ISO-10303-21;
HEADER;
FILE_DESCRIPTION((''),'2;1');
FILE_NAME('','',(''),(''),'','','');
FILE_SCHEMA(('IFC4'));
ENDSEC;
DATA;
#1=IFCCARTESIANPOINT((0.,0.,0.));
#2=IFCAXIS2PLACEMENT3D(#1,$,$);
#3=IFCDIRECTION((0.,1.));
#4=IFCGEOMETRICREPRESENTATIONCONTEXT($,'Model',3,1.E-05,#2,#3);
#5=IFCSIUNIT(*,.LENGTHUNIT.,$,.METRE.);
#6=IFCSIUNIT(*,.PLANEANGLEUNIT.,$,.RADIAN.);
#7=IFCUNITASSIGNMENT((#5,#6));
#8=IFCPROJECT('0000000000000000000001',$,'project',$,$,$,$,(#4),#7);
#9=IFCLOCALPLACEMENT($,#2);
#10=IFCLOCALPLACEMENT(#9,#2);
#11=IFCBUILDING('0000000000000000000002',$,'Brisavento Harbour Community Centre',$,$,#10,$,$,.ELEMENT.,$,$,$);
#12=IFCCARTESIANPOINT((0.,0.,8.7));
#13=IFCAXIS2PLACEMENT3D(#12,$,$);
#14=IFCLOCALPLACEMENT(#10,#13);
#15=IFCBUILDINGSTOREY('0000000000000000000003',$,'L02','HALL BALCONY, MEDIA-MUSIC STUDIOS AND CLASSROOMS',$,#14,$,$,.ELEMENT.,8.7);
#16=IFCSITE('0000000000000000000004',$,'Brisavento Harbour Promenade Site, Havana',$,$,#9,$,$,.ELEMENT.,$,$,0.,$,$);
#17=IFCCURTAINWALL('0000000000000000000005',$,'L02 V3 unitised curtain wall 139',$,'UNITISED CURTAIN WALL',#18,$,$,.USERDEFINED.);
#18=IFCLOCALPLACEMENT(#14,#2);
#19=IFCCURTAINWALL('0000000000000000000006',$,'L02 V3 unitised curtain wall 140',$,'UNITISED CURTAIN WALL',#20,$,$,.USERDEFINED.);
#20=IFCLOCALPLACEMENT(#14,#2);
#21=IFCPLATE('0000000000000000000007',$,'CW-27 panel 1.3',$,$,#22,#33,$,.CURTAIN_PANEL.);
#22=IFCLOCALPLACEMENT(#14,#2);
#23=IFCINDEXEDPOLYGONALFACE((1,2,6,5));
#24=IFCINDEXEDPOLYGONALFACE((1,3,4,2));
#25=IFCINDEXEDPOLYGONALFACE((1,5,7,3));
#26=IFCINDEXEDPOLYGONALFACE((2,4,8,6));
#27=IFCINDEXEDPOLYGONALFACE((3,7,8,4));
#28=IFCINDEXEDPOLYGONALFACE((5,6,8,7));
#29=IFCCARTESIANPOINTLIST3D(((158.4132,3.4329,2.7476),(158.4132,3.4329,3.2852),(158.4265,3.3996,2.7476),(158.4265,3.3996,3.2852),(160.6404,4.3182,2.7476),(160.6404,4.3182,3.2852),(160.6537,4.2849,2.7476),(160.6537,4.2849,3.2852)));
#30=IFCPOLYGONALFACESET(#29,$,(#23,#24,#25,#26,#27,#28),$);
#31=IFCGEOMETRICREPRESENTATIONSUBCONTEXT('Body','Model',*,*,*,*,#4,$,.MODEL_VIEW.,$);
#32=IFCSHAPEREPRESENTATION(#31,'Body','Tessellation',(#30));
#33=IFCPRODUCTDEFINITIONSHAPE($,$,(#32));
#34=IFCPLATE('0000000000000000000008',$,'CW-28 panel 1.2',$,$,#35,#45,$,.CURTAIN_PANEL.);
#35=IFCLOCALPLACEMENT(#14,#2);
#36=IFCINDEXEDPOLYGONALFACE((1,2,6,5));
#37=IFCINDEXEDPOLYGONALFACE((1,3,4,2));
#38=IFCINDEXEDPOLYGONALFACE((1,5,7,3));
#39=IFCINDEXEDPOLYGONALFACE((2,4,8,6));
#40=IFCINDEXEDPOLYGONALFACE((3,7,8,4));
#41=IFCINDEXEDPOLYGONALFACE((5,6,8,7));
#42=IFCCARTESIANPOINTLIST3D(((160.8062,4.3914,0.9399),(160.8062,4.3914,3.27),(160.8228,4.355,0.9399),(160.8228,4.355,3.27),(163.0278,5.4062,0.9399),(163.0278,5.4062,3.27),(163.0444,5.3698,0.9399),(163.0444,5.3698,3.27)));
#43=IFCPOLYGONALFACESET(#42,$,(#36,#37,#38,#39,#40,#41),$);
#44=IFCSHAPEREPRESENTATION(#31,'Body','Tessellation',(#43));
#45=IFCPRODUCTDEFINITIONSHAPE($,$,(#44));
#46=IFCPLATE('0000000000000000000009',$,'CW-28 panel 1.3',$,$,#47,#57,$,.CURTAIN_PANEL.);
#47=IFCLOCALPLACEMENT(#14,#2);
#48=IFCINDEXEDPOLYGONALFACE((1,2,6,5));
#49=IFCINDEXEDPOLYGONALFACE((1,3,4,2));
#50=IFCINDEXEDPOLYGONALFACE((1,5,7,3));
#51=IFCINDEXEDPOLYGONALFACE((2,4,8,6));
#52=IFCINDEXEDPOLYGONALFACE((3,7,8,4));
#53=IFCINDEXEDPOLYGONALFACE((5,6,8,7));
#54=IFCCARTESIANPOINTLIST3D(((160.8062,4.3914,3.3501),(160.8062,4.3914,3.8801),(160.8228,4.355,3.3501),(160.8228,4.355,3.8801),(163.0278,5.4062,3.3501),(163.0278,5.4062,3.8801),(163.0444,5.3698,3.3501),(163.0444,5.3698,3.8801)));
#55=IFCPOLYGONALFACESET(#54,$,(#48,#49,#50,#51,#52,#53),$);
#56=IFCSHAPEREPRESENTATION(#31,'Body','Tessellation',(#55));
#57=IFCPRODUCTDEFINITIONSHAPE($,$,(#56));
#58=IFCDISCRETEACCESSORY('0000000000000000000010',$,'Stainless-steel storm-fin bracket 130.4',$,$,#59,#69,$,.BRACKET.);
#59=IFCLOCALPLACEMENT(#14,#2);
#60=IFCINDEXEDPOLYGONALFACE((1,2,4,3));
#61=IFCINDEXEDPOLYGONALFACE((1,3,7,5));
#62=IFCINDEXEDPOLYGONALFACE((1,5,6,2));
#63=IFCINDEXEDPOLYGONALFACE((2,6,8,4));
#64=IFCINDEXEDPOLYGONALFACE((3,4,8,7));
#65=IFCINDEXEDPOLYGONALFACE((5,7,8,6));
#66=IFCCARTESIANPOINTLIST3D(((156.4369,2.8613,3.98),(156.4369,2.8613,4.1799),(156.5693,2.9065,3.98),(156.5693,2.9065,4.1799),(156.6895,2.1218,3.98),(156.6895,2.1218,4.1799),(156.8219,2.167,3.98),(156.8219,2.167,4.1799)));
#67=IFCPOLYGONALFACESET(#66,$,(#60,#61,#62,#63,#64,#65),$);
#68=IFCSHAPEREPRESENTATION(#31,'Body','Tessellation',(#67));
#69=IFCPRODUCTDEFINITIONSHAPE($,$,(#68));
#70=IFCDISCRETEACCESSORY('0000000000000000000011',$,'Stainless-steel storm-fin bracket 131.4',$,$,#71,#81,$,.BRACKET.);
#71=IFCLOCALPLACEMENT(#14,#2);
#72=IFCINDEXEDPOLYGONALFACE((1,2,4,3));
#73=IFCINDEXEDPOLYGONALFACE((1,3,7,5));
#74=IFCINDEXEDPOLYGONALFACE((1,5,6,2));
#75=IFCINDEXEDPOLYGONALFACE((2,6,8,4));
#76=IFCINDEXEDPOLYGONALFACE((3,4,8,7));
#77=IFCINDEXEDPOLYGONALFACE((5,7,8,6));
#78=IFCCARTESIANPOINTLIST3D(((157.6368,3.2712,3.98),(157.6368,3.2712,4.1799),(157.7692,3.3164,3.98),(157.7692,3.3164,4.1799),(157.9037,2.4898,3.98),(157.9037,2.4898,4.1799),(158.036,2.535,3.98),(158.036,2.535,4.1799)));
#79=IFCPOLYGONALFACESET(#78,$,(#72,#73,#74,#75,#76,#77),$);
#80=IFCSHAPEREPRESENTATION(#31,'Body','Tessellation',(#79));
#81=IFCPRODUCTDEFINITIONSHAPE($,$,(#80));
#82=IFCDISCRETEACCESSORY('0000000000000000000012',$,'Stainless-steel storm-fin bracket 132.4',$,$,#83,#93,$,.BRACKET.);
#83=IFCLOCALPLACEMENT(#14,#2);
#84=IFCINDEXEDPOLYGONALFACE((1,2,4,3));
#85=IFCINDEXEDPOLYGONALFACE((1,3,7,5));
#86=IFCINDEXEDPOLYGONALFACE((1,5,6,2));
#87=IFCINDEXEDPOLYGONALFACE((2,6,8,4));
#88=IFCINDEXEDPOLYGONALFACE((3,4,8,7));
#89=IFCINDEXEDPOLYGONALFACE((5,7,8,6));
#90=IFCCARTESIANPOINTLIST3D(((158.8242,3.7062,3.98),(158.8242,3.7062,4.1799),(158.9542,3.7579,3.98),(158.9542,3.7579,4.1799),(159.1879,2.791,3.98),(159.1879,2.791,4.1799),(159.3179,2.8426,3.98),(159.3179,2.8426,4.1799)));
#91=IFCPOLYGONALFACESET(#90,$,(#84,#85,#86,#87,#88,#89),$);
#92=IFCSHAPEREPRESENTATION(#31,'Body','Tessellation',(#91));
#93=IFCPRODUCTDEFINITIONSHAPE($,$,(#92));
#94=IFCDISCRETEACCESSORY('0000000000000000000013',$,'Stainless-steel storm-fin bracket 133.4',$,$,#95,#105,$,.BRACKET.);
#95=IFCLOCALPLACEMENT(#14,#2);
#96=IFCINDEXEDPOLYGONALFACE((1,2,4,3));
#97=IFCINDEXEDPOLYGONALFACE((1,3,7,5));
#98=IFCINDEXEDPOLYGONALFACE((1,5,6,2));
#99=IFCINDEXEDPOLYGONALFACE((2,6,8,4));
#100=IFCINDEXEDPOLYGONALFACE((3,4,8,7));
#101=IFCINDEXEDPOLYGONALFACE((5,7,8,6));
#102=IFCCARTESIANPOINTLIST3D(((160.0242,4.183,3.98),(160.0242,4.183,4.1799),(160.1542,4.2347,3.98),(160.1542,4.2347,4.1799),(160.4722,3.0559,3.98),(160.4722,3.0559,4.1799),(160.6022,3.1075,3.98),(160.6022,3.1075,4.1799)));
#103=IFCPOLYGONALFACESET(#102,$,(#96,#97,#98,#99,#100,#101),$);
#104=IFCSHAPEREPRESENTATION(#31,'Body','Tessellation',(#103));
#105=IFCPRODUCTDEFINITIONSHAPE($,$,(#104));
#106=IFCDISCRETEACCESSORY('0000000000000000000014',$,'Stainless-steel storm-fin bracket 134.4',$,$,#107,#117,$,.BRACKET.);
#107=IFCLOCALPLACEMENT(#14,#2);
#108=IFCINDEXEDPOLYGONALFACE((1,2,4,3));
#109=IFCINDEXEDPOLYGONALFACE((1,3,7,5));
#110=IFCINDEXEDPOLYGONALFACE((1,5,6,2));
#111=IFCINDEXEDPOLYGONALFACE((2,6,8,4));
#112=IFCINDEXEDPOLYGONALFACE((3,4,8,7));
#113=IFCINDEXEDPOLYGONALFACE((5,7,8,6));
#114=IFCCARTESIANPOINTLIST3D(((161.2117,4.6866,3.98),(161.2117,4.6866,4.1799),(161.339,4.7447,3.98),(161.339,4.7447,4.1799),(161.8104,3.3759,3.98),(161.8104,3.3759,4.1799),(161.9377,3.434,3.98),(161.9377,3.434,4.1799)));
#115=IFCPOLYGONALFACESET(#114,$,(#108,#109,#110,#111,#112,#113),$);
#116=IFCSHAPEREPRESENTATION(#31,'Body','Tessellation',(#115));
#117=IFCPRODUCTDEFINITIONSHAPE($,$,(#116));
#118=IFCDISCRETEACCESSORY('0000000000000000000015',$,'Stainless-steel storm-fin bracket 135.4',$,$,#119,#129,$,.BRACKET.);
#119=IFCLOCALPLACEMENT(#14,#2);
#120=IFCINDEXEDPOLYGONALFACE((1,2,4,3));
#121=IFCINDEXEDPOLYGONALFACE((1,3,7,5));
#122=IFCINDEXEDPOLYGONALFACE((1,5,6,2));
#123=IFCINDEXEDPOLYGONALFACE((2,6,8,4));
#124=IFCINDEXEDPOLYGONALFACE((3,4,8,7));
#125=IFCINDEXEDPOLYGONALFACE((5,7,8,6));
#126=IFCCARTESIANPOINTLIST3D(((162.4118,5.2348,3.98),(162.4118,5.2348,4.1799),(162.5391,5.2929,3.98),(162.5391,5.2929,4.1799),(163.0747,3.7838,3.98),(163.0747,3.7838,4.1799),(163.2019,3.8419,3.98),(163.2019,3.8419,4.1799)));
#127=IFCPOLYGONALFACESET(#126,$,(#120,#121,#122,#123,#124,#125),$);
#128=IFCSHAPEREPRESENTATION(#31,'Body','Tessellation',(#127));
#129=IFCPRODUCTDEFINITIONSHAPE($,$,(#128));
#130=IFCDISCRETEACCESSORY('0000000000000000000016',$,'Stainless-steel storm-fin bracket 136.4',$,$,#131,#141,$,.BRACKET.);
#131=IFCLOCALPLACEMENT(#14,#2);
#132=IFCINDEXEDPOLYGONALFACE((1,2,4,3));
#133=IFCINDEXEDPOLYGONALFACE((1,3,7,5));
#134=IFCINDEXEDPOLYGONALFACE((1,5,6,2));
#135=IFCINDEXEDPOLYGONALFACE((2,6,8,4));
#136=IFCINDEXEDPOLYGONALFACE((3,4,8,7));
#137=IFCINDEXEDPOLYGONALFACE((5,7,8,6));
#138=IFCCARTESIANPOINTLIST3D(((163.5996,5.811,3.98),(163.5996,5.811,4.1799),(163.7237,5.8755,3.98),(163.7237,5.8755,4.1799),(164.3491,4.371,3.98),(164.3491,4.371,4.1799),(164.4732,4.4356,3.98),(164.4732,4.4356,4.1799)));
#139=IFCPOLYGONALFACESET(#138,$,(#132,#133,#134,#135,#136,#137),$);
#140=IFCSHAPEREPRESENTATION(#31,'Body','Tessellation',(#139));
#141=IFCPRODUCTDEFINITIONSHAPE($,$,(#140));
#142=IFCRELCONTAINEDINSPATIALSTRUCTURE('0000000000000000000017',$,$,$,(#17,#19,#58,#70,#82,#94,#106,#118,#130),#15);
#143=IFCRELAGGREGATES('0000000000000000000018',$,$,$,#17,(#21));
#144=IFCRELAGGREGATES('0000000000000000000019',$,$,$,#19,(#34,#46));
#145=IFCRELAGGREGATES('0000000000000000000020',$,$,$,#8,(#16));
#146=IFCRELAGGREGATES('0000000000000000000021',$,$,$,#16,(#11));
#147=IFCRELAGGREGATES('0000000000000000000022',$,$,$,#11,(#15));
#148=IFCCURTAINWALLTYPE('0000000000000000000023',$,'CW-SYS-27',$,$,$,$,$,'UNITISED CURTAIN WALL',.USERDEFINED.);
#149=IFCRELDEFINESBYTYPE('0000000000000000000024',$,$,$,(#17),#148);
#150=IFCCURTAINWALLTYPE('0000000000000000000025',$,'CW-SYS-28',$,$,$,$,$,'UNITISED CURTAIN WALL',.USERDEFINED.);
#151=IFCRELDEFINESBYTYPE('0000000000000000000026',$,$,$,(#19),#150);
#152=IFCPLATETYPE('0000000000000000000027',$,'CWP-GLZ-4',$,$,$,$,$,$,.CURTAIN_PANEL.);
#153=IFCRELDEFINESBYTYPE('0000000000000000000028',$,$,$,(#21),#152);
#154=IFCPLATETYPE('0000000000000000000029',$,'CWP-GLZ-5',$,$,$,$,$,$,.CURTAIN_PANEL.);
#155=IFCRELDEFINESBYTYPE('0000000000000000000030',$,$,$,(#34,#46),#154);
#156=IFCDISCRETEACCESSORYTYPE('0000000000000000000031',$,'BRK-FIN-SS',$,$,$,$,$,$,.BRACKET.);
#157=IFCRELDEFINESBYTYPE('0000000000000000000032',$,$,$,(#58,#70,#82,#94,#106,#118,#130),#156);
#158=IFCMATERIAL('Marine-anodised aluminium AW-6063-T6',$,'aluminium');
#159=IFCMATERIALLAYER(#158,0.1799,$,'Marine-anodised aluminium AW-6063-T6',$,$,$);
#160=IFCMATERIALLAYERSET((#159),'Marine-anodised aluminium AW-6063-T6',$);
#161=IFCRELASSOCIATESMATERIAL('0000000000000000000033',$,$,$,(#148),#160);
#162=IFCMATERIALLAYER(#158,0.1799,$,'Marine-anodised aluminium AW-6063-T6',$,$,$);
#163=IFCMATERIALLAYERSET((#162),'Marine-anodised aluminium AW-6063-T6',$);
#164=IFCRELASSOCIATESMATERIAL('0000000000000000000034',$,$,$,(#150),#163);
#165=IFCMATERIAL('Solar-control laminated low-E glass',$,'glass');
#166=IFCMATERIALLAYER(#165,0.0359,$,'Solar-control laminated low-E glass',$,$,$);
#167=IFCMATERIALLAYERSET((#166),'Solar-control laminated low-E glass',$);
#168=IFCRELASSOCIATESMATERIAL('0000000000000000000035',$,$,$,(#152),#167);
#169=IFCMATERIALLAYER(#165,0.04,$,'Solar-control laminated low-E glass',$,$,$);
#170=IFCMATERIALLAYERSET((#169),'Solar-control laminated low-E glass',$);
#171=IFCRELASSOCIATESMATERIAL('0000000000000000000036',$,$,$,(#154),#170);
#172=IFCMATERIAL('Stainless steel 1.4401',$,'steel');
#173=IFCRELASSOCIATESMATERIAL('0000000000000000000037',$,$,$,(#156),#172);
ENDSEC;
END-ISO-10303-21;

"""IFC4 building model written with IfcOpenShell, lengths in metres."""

from ifc_helpers import new_model, si_unit, direction, frame, origin, origin_2d, place, context, subcontext, project, spatial, rectangle, extrude, material, layer, layer_set, type_object, element, aggregate, save


model = new_model("IFC4")

# Units and contexts
model_context = context("Model", 3, precision=1e-05, world=origin(), true_north=direction((0.0, 1.0)))
body_context = subcontext(model_context, "Body", "Model", "MODEL_VIEW")
ifc_project = project(units=[si_unit("LENGTHUNIT", "METRE"), si_unit("PLANEANGLEUNIT", "RADIAN")], contexts=[model_context])

# Site, building, storey
site_placement = place(None, origin())
site = spatial("IfcSite", under=ifc_project, at=site_placement, Name="Brisavento Harbour Promenade Site, Havana", CompositionType="ELEMENT", RefElevation=0.0)
building_placement = place(site_placement, origin())
building = spatial("IfcBuilding", under=site, at=building_placement, Name="Brisavento Harbour Community Centre", CompositionType="ELEMENT")
storey_placement = place(building_placement, frame((0.0, 0.0, 8.7)))
storey = spatial("IfcBuildingStorey", under=building, at=storey_placement, Name="L02", Description="HALL BALCONY, MEDIA-MUSIC STUDIOS AND CLASSROOMS", CompositionType="ELEMENT", Elevation=8.7)

# Curtain walls
ifc_material_1 = material(Name="Marine-anodised aluminium AW-6063-T6", Category="aluminium")
ifc_layer_1 = layer(ifc_material_1, 0.1799, Name="Marine-anodised aluminium AW-6063-T6")
ifc_layer_set_1 = layer_set([ifc_layer_1], Name="Marine-anodised aluminium AW-6063-T6")
curtain_wall_type_1 = type_object("IfcCurtainWallType", Name="CW-SYS-27", ElementType="UNITISED CURTAIN WALL", PredefinedType="USERDEFINED", material=ifc_layer_set_1)
curtain_wall_1_placement = place(storey_placement, origin())
curtain_wall_1 = element("IfcCurtainWall", 1, at=curtain_wall_1_placement, inside=storey, type_object=curtain_wall_type_1, Name="L02 V3 unitised curtain wall 139", ObjectType="UNITISED CURTAIN WALL", PredefinedType="USERDEFINED")
ifc_layer_2 = layer(ifc_material_1, 0.1799, Name="Marine-anodised aluminium AW-6063-T6")
ifc_layer_set_2 = layer_set([ifc_layer_2], Name="Marine-anodised aluminium AW-6063-T6")
curtain_wall_type_2 = type_object("IfcCurtainWallType", Name="CW-SYS-28", ElementType="UNITISED CURTAIN WALL", PredefinedType="USERDEFINED", material=ifc_layer_set_2)
curtain_wall_2_placement = place(storey_placement, origin())
curtain_wall_2 = element("IfcCurtainWall", 2, at=curtain_wall_2_placement, inside=storey, type_object=curtain_wall_type_2, Name="L02 V3 unitised curtain wall 140", ObjectType="UNITISED CURTAIN WALL", PredefinedType="USERDEFINED")

# Plates
ifc_material_2 = material(Name="Solar-control laminated low-E glass", Category="glass")
ifc_layer_3 = layer(ifc_material_2, 0.0359, Name="Solar-control laminated low-E glass")
ifc_layer_set_3 = layer_set([ifc_layer_3], Name="Solar-control laminated low-E glass")
plate_type_1 = type_object("IfcPlateType", Name="CWP-GLZ-4", PredefinedType="CURTAIN_PANEL", material=ifc_layer_set_3)
plate_1_placement = place(storey_placement, frame((159.5334, 3.8589, 2.7476), z_axis=(0.0, 0.0, 1.0), x_axis=(-0.929279, -0.369379, 0.0)))
plate_1 = element("IfcPlate", 3, at=plate_1_placement, type_object=plate_type_1, Name="CW-27 panel 1.3", PredefinedType="CURTAIN_PANEL", context=body_context, shape_type="SweptSolid", body=[
    extrude(rectangle(XDim=2.3967, YDim=0.0359, at=origin_2d()), origin(), (0.0, 0.0, 1.0), 0.5376),
])
aggregate(curtain_wall_1, [plate_1])
ifc_layer_4 = layer(ifc_material_2, 0.04, Name="Solar-control laminated low-E glass")
ifc_layer_set_4 = layer_set([ifc_layer_4], Name="Solar-control laminated low-E glass")
plate_type_2 = type_object("IfcPlateType", Name="CWP-GLZ-5", PredefinedType="CURTAIN_PANEL", material=ifc_layer_set_4)
plate_2_placement = place(storey_placement, frame((161.9253, 4.8806, 0.9399), z_axis=(0.0, 0.0, 1.0), x_axis=(-0.909598, -0.41549, 0.0)))
plate_2 = element("IfcPlate", 4, at=plate_2_placement, type_object=plate_type_2, Name="CW-28 panel 1.2", PredefinedType="CURTAIN_PANEL", context=body_context, shape_type="SweptSolid", body=[
    extrude(rectangle(XDim=2.4424, YDim=0.04, at=origin_2d()), origin(), (0.0, 0.0, 1.0), 2.3301),
])
plate_3_placement = place(storey_placement, frame((161.9253, 4.8806, 3.3501), z_axis=(0.0, 0.0, 1.0), x_axis=(-0.909598, -0.41549, 0.0)))
plate_3 = element("IfcPlate", 5, at=plate_3_placement, type_object=plate_type_2, Name="CW-28 panel 1.3", PredefinedType="CURTAIN_PANEL", context=body_context, shape_type="SweptSolid", body=[
    extrude(rectangle(XDim=2.4424, YDim=0.04, at=origin_2d()), origin(), (0.0, 0.0, 1.0), 0.53),
])
aggregate(curtain_wall_2, [plate_2, plate_3])

# Discrete accessories
ifc_material_3 = material(Name="Stainless steel 1.4401", Category="steel")
discrete_accessory_type = type_object("IfcDiscreteAccessoryType", Name="BRK-FIN-SS", PredefinedType="BRACKET", material=ifc_material_3)
discrete_accessory_1_placement = place(storey_placement, frame((156.6294, 2.5142, 3.98), z_axis=(0.0, 0.0, 1.0), x_axis=(0.323174, -0.946339, 0.0)))
element("IfcDiscreteAccessory", 6, at=discrete_accessory_1_placement, inside=storey, type_object=discrete_accessory_type, Name="Stainless-steel storm-fin bracket 130.4", PredefinedType="BRACKET", context=body_context, shape_type="SweptSolid", body=[
    extrude(rectangle(XDim=0.7815, YDim=0.1399, at=origin_2d()), origin(), (0.0, 0.0, 1.0), 0.2),
])
discrete_accessory_2_placement = place(storey_placement, frame((157.8364, 2.9031, 3.98), z_axis=(0.0, 0.0, 1.0), x_axis=(0.323174, -0.946339, 0.0)))
element("IfcDiscreteAccessory", 7, at=discrete_accessory_2_placement, inside=storey, type_object=discrete_accessory_type, Name="Stainless-steel storm-fin bracket 131.4", PredefinedType="BRACKET", context=body_context, shape_type="SweptSolid", body=[
    extrude(rectangle(XDim=0.8257, YDim=0.1399, at=origin_2d()), origin(), (0.0, 0.0, 1.0), 0.2),
])
discrete_accessory_3_placement = place(storey_placement, frame((159.071, 3.2744, 3.98), z_axis=(0.0, 0.0, 1.0), x_axis=(0.369341, -0.929294, 0.0)))
element("IfcDiscreteAccessory", 8, at=discrete_accessory_3_placement, inside=storey, type_object=discrete_accessory_type, Name="Stainless-steel storm-fin bracket 132.4", PredefinedType="BRACKET", context=body_context, shape_type="SweptSolid", body=[
    extrude(rectangle(XDim=0.9849, YDim=0.1399, at=origin_2d()), origin(), (0.0, 0.0, 1.0), 0.2),
])
discrete_accessory_4_placement = place(storey_placement, frame((160.3132, 3.6453, 3.98), z_axis=(0.0, 0.0, 1.0), x_axis=(0.369341, -0.929294, 0.0)))
element("IfcDiscreteAccessory", 9, at=discrete_accessory_4_placement, inside=storey, type_object=discrete_accessory_type, Name="Stainless-steel storm-fin bracket 133.4", PredefinedType="BRACKET", context=body_context, shape_type="SweptSolid", body=[
    extrude(rectangle(XDim=1.2129, YDim=0.1399, at=origin_2d()), origin(), (0.0, 0.0, 1.0), 0.2),
])
discrete_accessory_5_placement = place(storey_placement, frame((161.5747, 4.0603, 3.98), z_axis=(0.0, 0.0, 1.0), x_axis=(0.415519, -0.909585, 0.0)))
element("IfcDiscreteAccessory", 10, at=discrete_accessory_5_placement, inside=storey, type_object=discrete_accessory_type, Name="Stainless-steel storm-fin bracket 134.4", PredefinedType="BRACKET", context=body_context, shape_type="SweptSolid", body=[
    extrude(rectangle(XDim=1.4409, YDim=0.1399, at=origin_2d()), origin(), (0.0, 0.0, 1.0), 0.2),
])
discrete_accessory_6_placement = place(storey_placement, frame((162.8069, 4.5383, 3.98), z_axis=(0.0, 0.0, 1.0), x_axis=(0.415519, -0.909585, 0.0)))
element("IfcDiscreteAccessory", 11, at=discrete_accessory_6_placement, inside=storey, type_object=discrete_accessory_type, Name="Stainless-steel storm-fin bracket 135.4", PredefinedType="BRACKET", context=body_context, shape_type="SweptSolid", body=[
    extrude(rectangle(XDim=1.5952, YDim=0.1399, at=origin_2d()), origin(), (0.0, 0.0, 1.0), 0.2),
])
discrete_accessory_7_placement = place(storey_placement, frame((164.0364, 5.1233, 3.98), z_axis=(0.0, 0.0, 1.0), x_axis=(0.461702, -0.887035, 0.0)))
element("IfcDiscreteAccessory", 12, at=discrete_accessory_7_placement, inside=storey, type_object=discrete_accessory_type, Name="Stainless-steel storm-fin bracket 136.4", PredefinedType="BRACKET", context=body_context, shape_type="SweptSolid", body=[
    extrude(rectangle(XDim=1.6233, YDim=0.1399, at=origin_2d()), origin(), (0.0, 0.0, 1.0), 0.2),
])

save(model, "model.ifc")
